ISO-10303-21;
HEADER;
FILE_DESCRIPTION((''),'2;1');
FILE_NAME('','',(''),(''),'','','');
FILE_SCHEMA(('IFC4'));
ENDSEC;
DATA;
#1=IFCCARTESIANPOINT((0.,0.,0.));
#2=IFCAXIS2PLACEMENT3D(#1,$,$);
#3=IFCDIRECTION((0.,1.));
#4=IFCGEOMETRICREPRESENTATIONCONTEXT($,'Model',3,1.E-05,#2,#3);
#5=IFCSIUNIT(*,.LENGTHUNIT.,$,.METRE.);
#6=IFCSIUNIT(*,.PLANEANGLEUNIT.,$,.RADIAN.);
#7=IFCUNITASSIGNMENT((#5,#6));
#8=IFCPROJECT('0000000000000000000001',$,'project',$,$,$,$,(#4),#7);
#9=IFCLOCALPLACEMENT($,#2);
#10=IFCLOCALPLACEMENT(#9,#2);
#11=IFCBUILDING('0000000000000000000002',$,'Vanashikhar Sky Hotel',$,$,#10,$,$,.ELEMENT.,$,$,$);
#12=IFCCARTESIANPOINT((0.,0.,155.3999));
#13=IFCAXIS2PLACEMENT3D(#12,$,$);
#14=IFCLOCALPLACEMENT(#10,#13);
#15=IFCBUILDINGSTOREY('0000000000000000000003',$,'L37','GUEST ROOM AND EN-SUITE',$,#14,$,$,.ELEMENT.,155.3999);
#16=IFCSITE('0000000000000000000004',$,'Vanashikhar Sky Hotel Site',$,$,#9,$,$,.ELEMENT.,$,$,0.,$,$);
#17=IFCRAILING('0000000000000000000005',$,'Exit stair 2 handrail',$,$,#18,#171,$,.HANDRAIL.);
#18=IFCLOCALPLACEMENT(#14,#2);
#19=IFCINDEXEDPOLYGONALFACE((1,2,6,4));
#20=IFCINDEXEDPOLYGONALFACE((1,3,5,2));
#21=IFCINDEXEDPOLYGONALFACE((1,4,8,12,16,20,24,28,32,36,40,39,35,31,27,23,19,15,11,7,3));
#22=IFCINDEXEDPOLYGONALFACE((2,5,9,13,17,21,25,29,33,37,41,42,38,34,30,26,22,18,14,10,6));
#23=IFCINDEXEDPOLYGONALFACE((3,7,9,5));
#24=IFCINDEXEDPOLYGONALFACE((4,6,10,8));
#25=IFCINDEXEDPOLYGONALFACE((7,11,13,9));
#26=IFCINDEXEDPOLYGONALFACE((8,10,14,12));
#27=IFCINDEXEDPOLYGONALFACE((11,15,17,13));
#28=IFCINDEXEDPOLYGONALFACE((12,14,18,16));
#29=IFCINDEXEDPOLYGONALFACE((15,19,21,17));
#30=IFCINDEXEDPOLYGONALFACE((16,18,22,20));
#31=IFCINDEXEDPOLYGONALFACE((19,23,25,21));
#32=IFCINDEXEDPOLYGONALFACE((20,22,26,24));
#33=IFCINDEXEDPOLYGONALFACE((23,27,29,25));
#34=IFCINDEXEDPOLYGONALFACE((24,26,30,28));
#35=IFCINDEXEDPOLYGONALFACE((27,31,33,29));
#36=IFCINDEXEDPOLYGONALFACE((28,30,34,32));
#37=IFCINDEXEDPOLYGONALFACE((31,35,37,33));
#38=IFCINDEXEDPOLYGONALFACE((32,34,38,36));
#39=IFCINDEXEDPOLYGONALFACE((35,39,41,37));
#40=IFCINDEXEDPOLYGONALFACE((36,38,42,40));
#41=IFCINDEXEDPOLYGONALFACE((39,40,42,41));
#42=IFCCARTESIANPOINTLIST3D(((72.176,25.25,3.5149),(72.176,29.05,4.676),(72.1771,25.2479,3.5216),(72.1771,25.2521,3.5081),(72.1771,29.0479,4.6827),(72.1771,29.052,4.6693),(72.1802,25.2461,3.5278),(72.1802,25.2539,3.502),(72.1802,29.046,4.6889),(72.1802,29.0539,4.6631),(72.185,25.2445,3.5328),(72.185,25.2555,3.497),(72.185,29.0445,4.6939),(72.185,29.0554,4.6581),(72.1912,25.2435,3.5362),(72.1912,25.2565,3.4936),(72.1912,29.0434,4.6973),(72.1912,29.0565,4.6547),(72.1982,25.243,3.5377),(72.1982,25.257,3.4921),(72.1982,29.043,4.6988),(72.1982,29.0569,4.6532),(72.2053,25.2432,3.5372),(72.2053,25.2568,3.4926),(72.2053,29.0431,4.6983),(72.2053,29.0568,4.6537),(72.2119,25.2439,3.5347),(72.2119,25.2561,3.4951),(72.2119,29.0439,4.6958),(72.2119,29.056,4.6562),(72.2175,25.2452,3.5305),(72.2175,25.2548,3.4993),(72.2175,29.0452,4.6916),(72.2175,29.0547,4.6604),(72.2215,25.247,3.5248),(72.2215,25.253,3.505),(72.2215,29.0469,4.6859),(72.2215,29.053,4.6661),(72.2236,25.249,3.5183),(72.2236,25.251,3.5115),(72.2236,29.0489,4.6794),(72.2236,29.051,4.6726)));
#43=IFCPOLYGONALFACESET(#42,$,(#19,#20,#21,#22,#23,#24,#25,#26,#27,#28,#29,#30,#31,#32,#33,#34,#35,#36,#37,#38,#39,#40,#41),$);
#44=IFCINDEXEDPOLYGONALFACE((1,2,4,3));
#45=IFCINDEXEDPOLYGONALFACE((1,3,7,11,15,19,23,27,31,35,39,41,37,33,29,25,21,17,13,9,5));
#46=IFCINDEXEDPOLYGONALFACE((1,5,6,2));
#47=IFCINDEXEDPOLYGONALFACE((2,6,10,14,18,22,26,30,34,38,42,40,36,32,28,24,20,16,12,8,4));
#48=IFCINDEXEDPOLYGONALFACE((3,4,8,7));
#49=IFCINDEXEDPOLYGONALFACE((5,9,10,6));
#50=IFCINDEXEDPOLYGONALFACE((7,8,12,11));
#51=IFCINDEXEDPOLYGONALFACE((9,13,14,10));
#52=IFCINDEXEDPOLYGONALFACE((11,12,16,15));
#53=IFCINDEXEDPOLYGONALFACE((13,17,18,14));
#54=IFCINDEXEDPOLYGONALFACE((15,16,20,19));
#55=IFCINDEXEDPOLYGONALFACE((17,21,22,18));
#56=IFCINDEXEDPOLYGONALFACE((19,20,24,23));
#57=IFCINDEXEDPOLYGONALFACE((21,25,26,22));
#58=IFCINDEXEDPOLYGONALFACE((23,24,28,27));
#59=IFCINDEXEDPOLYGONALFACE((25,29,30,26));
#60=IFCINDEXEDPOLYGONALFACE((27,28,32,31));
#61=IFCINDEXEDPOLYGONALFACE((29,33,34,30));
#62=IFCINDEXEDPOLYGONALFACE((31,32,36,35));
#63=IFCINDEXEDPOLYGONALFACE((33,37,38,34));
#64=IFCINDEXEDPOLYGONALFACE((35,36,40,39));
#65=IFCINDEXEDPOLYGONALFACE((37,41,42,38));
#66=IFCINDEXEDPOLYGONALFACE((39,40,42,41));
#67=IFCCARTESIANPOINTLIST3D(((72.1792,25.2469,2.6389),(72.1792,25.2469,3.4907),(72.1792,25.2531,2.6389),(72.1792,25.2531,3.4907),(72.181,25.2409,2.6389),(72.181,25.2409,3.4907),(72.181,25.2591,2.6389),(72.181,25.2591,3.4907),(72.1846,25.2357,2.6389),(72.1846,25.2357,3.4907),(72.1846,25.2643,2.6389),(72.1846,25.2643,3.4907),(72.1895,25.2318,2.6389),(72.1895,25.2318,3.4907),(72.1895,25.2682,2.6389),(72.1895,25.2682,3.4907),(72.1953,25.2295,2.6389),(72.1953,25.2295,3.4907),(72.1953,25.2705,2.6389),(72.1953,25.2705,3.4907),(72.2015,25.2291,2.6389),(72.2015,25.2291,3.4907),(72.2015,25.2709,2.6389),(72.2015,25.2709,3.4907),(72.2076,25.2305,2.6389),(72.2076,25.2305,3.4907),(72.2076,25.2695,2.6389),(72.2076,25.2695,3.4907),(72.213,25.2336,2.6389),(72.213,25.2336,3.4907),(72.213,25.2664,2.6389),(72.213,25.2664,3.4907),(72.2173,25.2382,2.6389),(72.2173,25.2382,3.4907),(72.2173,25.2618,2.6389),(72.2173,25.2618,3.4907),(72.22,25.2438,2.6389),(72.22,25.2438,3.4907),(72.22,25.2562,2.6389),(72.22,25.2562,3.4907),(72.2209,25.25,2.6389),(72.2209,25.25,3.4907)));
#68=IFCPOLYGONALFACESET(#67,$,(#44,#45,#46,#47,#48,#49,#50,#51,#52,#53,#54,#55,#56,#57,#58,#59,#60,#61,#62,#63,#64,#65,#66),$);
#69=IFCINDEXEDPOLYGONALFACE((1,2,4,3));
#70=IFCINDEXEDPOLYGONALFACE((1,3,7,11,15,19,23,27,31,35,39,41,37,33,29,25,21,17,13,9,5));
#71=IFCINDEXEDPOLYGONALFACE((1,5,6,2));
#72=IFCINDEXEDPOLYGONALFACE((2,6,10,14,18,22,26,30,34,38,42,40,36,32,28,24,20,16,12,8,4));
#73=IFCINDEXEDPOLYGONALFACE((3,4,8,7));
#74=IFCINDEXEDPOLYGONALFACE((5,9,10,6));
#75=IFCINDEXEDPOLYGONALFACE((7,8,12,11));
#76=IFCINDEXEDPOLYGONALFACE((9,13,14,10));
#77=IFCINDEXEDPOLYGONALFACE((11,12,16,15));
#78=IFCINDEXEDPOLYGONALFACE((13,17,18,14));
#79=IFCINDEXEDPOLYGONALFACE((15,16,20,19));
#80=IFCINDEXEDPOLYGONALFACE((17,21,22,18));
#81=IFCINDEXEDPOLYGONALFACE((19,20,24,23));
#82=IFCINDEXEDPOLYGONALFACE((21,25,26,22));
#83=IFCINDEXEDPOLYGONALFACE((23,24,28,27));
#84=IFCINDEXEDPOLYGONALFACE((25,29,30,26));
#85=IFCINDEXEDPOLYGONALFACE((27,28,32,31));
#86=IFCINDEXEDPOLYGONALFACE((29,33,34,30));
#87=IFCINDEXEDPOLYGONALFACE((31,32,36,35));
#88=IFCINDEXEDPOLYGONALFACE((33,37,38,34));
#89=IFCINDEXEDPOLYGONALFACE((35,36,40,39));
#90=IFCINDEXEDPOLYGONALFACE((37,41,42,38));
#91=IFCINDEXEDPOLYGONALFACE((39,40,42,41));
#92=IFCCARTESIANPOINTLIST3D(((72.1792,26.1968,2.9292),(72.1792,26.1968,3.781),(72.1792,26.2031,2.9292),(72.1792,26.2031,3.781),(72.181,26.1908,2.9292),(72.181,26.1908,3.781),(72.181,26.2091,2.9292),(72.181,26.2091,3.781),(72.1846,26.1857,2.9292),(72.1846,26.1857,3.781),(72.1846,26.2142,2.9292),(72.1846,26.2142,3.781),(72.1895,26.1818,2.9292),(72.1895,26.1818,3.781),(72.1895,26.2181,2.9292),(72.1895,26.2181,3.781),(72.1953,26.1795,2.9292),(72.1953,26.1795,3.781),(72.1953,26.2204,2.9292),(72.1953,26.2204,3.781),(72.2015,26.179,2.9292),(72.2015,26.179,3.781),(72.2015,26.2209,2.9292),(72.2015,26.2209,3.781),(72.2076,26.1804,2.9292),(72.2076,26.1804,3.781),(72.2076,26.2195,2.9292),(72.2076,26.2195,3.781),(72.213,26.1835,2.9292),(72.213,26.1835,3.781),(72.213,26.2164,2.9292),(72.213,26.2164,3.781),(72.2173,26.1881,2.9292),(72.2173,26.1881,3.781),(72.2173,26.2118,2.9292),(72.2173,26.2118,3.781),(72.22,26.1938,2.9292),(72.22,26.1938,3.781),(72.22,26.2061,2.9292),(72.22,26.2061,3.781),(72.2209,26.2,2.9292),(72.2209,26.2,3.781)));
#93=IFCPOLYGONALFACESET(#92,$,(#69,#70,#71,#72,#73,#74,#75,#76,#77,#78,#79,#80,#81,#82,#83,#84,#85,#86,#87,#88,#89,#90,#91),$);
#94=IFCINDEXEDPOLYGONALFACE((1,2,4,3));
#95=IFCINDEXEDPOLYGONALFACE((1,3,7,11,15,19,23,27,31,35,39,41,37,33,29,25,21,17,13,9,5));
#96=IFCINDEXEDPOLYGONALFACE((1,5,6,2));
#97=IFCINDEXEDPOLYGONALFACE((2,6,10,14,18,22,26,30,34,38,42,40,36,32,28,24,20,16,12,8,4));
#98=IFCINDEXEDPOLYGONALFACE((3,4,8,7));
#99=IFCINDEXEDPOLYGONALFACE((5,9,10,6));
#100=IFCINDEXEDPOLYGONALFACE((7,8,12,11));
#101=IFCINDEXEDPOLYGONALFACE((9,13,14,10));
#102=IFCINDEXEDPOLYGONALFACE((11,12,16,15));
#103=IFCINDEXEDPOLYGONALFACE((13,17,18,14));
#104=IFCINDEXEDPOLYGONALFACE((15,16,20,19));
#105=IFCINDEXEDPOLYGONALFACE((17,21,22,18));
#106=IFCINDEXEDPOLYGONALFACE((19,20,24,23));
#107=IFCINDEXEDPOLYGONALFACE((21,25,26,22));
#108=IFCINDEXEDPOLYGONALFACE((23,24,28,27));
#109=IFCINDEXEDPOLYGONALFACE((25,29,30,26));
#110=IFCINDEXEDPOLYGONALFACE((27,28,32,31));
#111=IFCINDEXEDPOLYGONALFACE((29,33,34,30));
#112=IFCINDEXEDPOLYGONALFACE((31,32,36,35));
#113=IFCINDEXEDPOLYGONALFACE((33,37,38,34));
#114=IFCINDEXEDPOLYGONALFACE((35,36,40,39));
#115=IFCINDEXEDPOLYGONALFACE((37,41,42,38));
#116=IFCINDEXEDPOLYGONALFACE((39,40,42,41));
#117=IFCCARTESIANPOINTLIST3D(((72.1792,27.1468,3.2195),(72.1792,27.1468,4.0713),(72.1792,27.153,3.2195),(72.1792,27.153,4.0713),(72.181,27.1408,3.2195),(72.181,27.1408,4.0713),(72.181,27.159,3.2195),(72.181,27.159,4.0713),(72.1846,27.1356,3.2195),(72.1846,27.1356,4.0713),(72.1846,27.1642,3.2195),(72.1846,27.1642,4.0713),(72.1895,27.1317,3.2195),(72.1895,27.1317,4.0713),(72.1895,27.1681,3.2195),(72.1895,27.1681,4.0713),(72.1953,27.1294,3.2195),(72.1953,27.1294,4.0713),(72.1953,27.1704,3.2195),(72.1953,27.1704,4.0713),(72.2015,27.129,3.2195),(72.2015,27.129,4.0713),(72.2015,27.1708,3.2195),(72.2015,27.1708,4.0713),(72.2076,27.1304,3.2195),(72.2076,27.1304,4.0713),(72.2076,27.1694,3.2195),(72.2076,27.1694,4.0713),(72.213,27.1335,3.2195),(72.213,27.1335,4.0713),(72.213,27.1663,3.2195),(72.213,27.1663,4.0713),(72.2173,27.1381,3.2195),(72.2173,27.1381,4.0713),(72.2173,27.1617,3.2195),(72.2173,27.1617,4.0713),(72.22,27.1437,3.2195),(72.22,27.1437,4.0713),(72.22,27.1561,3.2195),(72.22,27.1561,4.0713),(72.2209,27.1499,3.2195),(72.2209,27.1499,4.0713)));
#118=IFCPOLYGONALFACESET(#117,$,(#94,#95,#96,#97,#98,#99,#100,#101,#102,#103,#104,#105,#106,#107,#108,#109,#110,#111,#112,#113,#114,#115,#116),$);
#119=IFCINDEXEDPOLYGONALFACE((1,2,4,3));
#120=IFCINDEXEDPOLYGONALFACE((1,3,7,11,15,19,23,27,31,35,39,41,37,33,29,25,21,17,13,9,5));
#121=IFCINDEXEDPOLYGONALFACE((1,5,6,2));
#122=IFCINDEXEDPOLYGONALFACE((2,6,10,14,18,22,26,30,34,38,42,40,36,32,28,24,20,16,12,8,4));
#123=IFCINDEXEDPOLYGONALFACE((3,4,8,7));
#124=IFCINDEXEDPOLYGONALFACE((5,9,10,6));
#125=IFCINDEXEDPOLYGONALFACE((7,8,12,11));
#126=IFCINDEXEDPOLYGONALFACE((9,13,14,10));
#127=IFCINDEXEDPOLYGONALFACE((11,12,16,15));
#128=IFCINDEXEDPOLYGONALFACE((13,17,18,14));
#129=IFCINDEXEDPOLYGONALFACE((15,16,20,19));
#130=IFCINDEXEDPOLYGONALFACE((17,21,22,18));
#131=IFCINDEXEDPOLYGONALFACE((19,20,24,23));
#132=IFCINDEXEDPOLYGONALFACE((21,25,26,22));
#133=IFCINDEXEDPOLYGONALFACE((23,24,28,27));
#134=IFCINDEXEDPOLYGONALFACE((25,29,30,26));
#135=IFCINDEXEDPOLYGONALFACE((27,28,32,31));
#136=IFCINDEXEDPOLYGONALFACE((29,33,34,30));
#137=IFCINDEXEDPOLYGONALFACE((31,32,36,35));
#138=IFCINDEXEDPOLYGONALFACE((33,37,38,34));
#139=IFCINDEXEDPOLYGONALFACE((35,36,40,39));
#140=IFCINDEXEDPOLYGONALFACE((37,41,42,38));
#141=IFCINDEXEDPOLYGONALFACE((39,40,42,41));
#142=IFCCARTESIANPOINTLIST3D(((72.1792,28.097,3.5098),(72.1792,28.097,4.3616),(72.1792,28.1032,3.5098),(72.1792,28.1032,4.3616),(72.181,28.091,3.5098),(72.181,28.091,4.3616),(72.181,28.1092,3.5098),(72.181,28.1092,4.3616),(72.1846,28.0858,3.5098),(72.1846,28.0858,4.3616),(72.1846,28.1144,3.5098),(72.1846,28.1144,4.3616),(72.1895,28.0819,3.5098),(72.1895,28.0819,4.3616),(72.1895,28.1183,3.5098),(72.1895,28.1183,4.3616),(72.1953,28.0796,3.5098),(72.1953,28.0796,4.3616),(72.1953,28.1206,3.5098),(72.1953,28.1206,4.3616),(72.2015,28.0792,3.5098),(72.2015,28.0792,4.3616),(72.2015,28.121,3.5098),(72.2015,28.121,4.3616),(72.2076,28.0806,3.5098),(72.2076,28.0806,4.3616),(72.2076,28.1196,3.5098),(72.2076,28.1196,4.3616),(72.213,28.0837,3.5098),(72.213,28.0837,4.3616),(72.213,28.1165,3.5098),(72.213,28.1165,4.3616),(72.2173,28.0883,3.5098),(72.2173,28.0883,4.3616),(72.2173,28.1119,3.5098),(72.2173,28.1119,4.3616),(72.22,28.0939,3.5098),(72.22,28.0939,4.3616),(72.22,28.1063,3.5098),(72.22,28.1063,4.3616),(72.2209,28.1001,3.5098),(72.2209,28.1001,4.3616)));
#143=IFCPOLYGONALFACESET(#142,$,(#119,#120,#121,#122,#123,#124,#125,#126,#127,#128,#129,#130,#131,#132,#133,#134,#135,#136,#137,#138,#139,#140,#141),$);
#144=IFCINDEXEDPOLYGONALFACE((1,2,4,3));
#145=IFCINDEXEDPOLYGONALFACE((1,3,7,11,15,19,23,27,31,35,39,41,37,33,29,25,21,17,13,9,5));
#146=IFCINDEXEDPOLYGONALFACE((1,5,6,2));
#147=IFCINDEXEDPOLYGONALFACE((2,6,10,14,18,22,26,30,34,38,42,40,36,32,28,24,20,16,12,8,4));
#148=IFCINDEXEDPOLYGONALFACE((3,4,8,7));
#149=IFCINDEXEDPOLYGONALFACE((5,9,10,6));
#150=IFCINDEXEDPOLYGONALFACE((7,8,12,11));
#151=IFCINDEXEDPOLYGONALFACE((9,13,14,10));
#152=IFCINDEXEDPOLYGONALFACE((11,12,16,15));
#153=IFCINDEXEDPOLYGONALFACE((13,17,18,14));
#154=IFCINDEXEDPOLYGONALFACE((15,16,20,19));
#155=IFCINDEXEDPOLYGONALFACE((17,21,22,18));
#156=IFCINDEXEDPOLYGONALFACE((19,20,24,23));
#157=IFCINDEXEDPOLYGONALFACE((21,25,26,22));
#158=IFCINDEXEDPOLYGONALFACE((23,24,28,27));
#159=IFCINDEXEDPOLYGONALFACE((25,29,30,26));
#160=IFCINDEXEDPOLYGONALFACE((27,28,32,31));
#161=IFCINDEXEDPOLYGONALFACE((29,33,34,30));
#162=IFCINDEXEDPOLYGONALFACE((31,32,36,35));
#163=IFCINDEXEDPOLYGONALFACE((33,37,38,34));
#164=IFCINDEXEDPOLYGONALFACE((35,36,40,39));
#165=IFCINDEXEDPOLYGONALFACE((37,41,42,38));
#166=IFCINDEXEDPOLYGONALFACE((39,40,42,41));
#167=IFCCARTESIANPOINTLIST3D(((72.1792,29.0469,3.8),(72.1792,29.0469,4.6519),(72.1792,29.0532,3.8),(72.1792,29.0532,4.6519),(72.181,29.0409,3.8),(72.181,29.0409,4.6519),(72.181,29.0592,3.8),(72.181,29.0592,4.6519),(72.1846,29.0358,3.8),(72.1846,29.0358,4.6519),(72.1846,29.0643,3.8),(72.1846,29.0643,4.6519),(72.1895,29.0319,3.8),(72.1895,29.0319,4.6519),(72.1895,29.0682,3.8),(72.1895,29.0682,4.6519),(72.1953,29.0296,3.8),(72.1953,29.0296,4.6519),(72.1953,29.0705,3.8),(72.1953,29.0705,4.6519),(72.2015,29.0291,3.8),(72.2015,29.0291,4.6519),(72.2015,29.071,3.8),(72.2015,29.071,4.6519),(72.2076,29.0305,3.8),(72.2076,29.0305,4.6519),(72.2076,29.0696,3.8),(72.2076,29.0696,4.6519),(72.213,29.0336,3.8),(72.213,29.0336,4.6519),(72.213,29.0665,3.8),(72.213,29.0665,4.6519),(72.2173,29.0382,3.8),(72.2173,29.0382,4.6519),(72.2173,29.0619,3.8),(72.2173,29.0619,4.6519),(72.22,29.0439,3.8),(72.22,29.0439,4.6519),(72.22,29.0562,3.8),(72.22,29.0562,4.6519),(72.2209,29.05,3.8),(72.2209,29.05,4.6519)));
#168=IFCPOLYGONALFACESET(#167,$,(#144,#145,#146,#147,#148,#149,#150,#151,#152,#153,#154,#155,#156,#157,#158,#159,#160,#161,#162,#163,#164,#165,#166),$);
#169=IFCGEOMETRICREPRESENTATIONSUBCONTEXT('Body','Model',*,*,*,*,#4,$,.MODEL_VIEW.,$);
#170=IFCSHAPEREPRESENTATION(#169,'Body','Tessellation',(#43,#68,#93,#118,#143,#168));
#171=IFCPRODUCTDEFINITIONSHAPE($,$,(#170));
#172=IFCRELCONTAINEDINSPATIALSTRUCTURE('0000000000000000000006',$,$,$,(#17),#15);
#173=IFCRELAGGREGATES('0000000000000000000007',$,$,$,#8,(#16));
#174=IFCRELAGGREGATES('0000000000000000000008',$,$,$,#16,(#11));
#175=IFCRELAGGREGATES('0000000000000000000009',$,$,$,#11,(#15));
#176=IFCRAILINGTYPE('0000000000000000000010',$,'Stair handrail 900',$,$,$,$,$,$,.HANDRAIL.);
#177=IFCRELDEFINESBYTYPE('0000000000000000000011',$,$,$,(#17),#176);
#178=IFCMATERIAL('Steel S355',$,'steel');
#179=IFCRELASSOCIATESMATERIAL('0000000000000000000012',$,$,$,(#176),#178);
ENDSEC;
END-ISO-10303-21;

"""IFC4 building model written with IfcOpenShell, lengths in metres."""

from ifc_helpers import new_model, si_unit, direction, frame, origin, origin_2d, place, context, subcontext, project, spatial, circle, extrude, source, transform, mapped, material, type_object, element, save


model = new_model("IFC4")

# Units and contexts
model_context = context("Model", 3, precision=1e-05, world=origin(), true_north=direction((0.0, 1.0)))
body_context = subcontext(model_context, "Body", "Model", "MODEL_VIEW")
ifc_project = project(units=[si_unit("LENGTHUNIT", "METRE"), si_unit("PLANEANGLEUNIT", "RADIAN")], contexts=[model_context])

# Site, building, storey
site_placement = place(None, origin())
site = spatial("IfcSite", under=ifc_project, at=site_placement, Name="Vanashikhar Sky Hotel Site", CompositionType="ELEMENT", RefElevation=0.0)
building_placement = place(site_placement, origin())
building = spatial("IfcBuilding", under=site, at=building_placement, Name="Vanashikhar Sky Hotel", CompositionType="ELEMENT")
storey_placement = place(building_placement, frame((0.0, 0.0, 155.3999)))
storey = spatial("IfcBuildingStorey", under=building, at=storey_placement, Name="L37", Description="GUEST ROOM AND EN-SUITE", CompositionType="ELEMENT", Elevation=155.3999)

# Railing
ifc_material_1 = material(Name="Steel S355", Category="steel")
railing_type_1 = type_object("IfcRailingType", Name="Stair handrail 900", PredefinedType="HANDRAIL", material=ifc_material_1)
shared_shape_1 = source(origin(), body_context, "Body", "SweptSolid", [
    extrude(circle(Radius=0.0239, at=origin_2d()), frame((0.0, 0.0, 0.876), z_axis=(0.0, 0.956351, 0.29222), x_axis=(-1.0, 0.0, 0.0)), (0.0, 0.0, 1.0), 3.9734),
    extrude(circle(Radius=0.021, at=origin_2d()), origin(), (0.0, 0.0, 1.0), 0.8518),
    extrude(circle(Radius=0.021, at=origin_2d()), frame((0.0, 0.95, 0.2903)), (0.0, 0.0, 1.0), 0.8518),
    extrude(circle(Radius=0.021, at=origin_2d()), frame((0.0, 1.8999, 0.5806)), (0.0, 0.0, 1.0), 0.8518),
    extrude(circle(Radius=0.021, at=origin_2d()), frame((0.0, 2.8501, 0.8708)), (0.0, 0.0, 1.0), 0.8518),
    extrude(circle(Radius=0.021, at=origin_2d()), frame((0.0, 3.8, 1.1611)), (0.0, 0.0, 1.0), 0.8518),
])
for number, where, name in (
    (1, (72.2, 25.25, 2.6389), "Exit stair 2 handrail"),
):
    element("IfcRailing", number, at=place(storey_placement, frame(where)), inside=storey, type_object=railing_type_1, Name=name, PredefinedType="HANDRAIL", context=body_context, shape_type="MappedRepresentation", body=[
        mapped(shared_shape_1, transform((0.0, 0.0, 0.0), scale=1.0)),
    ])

save(model, "model.ifc")
